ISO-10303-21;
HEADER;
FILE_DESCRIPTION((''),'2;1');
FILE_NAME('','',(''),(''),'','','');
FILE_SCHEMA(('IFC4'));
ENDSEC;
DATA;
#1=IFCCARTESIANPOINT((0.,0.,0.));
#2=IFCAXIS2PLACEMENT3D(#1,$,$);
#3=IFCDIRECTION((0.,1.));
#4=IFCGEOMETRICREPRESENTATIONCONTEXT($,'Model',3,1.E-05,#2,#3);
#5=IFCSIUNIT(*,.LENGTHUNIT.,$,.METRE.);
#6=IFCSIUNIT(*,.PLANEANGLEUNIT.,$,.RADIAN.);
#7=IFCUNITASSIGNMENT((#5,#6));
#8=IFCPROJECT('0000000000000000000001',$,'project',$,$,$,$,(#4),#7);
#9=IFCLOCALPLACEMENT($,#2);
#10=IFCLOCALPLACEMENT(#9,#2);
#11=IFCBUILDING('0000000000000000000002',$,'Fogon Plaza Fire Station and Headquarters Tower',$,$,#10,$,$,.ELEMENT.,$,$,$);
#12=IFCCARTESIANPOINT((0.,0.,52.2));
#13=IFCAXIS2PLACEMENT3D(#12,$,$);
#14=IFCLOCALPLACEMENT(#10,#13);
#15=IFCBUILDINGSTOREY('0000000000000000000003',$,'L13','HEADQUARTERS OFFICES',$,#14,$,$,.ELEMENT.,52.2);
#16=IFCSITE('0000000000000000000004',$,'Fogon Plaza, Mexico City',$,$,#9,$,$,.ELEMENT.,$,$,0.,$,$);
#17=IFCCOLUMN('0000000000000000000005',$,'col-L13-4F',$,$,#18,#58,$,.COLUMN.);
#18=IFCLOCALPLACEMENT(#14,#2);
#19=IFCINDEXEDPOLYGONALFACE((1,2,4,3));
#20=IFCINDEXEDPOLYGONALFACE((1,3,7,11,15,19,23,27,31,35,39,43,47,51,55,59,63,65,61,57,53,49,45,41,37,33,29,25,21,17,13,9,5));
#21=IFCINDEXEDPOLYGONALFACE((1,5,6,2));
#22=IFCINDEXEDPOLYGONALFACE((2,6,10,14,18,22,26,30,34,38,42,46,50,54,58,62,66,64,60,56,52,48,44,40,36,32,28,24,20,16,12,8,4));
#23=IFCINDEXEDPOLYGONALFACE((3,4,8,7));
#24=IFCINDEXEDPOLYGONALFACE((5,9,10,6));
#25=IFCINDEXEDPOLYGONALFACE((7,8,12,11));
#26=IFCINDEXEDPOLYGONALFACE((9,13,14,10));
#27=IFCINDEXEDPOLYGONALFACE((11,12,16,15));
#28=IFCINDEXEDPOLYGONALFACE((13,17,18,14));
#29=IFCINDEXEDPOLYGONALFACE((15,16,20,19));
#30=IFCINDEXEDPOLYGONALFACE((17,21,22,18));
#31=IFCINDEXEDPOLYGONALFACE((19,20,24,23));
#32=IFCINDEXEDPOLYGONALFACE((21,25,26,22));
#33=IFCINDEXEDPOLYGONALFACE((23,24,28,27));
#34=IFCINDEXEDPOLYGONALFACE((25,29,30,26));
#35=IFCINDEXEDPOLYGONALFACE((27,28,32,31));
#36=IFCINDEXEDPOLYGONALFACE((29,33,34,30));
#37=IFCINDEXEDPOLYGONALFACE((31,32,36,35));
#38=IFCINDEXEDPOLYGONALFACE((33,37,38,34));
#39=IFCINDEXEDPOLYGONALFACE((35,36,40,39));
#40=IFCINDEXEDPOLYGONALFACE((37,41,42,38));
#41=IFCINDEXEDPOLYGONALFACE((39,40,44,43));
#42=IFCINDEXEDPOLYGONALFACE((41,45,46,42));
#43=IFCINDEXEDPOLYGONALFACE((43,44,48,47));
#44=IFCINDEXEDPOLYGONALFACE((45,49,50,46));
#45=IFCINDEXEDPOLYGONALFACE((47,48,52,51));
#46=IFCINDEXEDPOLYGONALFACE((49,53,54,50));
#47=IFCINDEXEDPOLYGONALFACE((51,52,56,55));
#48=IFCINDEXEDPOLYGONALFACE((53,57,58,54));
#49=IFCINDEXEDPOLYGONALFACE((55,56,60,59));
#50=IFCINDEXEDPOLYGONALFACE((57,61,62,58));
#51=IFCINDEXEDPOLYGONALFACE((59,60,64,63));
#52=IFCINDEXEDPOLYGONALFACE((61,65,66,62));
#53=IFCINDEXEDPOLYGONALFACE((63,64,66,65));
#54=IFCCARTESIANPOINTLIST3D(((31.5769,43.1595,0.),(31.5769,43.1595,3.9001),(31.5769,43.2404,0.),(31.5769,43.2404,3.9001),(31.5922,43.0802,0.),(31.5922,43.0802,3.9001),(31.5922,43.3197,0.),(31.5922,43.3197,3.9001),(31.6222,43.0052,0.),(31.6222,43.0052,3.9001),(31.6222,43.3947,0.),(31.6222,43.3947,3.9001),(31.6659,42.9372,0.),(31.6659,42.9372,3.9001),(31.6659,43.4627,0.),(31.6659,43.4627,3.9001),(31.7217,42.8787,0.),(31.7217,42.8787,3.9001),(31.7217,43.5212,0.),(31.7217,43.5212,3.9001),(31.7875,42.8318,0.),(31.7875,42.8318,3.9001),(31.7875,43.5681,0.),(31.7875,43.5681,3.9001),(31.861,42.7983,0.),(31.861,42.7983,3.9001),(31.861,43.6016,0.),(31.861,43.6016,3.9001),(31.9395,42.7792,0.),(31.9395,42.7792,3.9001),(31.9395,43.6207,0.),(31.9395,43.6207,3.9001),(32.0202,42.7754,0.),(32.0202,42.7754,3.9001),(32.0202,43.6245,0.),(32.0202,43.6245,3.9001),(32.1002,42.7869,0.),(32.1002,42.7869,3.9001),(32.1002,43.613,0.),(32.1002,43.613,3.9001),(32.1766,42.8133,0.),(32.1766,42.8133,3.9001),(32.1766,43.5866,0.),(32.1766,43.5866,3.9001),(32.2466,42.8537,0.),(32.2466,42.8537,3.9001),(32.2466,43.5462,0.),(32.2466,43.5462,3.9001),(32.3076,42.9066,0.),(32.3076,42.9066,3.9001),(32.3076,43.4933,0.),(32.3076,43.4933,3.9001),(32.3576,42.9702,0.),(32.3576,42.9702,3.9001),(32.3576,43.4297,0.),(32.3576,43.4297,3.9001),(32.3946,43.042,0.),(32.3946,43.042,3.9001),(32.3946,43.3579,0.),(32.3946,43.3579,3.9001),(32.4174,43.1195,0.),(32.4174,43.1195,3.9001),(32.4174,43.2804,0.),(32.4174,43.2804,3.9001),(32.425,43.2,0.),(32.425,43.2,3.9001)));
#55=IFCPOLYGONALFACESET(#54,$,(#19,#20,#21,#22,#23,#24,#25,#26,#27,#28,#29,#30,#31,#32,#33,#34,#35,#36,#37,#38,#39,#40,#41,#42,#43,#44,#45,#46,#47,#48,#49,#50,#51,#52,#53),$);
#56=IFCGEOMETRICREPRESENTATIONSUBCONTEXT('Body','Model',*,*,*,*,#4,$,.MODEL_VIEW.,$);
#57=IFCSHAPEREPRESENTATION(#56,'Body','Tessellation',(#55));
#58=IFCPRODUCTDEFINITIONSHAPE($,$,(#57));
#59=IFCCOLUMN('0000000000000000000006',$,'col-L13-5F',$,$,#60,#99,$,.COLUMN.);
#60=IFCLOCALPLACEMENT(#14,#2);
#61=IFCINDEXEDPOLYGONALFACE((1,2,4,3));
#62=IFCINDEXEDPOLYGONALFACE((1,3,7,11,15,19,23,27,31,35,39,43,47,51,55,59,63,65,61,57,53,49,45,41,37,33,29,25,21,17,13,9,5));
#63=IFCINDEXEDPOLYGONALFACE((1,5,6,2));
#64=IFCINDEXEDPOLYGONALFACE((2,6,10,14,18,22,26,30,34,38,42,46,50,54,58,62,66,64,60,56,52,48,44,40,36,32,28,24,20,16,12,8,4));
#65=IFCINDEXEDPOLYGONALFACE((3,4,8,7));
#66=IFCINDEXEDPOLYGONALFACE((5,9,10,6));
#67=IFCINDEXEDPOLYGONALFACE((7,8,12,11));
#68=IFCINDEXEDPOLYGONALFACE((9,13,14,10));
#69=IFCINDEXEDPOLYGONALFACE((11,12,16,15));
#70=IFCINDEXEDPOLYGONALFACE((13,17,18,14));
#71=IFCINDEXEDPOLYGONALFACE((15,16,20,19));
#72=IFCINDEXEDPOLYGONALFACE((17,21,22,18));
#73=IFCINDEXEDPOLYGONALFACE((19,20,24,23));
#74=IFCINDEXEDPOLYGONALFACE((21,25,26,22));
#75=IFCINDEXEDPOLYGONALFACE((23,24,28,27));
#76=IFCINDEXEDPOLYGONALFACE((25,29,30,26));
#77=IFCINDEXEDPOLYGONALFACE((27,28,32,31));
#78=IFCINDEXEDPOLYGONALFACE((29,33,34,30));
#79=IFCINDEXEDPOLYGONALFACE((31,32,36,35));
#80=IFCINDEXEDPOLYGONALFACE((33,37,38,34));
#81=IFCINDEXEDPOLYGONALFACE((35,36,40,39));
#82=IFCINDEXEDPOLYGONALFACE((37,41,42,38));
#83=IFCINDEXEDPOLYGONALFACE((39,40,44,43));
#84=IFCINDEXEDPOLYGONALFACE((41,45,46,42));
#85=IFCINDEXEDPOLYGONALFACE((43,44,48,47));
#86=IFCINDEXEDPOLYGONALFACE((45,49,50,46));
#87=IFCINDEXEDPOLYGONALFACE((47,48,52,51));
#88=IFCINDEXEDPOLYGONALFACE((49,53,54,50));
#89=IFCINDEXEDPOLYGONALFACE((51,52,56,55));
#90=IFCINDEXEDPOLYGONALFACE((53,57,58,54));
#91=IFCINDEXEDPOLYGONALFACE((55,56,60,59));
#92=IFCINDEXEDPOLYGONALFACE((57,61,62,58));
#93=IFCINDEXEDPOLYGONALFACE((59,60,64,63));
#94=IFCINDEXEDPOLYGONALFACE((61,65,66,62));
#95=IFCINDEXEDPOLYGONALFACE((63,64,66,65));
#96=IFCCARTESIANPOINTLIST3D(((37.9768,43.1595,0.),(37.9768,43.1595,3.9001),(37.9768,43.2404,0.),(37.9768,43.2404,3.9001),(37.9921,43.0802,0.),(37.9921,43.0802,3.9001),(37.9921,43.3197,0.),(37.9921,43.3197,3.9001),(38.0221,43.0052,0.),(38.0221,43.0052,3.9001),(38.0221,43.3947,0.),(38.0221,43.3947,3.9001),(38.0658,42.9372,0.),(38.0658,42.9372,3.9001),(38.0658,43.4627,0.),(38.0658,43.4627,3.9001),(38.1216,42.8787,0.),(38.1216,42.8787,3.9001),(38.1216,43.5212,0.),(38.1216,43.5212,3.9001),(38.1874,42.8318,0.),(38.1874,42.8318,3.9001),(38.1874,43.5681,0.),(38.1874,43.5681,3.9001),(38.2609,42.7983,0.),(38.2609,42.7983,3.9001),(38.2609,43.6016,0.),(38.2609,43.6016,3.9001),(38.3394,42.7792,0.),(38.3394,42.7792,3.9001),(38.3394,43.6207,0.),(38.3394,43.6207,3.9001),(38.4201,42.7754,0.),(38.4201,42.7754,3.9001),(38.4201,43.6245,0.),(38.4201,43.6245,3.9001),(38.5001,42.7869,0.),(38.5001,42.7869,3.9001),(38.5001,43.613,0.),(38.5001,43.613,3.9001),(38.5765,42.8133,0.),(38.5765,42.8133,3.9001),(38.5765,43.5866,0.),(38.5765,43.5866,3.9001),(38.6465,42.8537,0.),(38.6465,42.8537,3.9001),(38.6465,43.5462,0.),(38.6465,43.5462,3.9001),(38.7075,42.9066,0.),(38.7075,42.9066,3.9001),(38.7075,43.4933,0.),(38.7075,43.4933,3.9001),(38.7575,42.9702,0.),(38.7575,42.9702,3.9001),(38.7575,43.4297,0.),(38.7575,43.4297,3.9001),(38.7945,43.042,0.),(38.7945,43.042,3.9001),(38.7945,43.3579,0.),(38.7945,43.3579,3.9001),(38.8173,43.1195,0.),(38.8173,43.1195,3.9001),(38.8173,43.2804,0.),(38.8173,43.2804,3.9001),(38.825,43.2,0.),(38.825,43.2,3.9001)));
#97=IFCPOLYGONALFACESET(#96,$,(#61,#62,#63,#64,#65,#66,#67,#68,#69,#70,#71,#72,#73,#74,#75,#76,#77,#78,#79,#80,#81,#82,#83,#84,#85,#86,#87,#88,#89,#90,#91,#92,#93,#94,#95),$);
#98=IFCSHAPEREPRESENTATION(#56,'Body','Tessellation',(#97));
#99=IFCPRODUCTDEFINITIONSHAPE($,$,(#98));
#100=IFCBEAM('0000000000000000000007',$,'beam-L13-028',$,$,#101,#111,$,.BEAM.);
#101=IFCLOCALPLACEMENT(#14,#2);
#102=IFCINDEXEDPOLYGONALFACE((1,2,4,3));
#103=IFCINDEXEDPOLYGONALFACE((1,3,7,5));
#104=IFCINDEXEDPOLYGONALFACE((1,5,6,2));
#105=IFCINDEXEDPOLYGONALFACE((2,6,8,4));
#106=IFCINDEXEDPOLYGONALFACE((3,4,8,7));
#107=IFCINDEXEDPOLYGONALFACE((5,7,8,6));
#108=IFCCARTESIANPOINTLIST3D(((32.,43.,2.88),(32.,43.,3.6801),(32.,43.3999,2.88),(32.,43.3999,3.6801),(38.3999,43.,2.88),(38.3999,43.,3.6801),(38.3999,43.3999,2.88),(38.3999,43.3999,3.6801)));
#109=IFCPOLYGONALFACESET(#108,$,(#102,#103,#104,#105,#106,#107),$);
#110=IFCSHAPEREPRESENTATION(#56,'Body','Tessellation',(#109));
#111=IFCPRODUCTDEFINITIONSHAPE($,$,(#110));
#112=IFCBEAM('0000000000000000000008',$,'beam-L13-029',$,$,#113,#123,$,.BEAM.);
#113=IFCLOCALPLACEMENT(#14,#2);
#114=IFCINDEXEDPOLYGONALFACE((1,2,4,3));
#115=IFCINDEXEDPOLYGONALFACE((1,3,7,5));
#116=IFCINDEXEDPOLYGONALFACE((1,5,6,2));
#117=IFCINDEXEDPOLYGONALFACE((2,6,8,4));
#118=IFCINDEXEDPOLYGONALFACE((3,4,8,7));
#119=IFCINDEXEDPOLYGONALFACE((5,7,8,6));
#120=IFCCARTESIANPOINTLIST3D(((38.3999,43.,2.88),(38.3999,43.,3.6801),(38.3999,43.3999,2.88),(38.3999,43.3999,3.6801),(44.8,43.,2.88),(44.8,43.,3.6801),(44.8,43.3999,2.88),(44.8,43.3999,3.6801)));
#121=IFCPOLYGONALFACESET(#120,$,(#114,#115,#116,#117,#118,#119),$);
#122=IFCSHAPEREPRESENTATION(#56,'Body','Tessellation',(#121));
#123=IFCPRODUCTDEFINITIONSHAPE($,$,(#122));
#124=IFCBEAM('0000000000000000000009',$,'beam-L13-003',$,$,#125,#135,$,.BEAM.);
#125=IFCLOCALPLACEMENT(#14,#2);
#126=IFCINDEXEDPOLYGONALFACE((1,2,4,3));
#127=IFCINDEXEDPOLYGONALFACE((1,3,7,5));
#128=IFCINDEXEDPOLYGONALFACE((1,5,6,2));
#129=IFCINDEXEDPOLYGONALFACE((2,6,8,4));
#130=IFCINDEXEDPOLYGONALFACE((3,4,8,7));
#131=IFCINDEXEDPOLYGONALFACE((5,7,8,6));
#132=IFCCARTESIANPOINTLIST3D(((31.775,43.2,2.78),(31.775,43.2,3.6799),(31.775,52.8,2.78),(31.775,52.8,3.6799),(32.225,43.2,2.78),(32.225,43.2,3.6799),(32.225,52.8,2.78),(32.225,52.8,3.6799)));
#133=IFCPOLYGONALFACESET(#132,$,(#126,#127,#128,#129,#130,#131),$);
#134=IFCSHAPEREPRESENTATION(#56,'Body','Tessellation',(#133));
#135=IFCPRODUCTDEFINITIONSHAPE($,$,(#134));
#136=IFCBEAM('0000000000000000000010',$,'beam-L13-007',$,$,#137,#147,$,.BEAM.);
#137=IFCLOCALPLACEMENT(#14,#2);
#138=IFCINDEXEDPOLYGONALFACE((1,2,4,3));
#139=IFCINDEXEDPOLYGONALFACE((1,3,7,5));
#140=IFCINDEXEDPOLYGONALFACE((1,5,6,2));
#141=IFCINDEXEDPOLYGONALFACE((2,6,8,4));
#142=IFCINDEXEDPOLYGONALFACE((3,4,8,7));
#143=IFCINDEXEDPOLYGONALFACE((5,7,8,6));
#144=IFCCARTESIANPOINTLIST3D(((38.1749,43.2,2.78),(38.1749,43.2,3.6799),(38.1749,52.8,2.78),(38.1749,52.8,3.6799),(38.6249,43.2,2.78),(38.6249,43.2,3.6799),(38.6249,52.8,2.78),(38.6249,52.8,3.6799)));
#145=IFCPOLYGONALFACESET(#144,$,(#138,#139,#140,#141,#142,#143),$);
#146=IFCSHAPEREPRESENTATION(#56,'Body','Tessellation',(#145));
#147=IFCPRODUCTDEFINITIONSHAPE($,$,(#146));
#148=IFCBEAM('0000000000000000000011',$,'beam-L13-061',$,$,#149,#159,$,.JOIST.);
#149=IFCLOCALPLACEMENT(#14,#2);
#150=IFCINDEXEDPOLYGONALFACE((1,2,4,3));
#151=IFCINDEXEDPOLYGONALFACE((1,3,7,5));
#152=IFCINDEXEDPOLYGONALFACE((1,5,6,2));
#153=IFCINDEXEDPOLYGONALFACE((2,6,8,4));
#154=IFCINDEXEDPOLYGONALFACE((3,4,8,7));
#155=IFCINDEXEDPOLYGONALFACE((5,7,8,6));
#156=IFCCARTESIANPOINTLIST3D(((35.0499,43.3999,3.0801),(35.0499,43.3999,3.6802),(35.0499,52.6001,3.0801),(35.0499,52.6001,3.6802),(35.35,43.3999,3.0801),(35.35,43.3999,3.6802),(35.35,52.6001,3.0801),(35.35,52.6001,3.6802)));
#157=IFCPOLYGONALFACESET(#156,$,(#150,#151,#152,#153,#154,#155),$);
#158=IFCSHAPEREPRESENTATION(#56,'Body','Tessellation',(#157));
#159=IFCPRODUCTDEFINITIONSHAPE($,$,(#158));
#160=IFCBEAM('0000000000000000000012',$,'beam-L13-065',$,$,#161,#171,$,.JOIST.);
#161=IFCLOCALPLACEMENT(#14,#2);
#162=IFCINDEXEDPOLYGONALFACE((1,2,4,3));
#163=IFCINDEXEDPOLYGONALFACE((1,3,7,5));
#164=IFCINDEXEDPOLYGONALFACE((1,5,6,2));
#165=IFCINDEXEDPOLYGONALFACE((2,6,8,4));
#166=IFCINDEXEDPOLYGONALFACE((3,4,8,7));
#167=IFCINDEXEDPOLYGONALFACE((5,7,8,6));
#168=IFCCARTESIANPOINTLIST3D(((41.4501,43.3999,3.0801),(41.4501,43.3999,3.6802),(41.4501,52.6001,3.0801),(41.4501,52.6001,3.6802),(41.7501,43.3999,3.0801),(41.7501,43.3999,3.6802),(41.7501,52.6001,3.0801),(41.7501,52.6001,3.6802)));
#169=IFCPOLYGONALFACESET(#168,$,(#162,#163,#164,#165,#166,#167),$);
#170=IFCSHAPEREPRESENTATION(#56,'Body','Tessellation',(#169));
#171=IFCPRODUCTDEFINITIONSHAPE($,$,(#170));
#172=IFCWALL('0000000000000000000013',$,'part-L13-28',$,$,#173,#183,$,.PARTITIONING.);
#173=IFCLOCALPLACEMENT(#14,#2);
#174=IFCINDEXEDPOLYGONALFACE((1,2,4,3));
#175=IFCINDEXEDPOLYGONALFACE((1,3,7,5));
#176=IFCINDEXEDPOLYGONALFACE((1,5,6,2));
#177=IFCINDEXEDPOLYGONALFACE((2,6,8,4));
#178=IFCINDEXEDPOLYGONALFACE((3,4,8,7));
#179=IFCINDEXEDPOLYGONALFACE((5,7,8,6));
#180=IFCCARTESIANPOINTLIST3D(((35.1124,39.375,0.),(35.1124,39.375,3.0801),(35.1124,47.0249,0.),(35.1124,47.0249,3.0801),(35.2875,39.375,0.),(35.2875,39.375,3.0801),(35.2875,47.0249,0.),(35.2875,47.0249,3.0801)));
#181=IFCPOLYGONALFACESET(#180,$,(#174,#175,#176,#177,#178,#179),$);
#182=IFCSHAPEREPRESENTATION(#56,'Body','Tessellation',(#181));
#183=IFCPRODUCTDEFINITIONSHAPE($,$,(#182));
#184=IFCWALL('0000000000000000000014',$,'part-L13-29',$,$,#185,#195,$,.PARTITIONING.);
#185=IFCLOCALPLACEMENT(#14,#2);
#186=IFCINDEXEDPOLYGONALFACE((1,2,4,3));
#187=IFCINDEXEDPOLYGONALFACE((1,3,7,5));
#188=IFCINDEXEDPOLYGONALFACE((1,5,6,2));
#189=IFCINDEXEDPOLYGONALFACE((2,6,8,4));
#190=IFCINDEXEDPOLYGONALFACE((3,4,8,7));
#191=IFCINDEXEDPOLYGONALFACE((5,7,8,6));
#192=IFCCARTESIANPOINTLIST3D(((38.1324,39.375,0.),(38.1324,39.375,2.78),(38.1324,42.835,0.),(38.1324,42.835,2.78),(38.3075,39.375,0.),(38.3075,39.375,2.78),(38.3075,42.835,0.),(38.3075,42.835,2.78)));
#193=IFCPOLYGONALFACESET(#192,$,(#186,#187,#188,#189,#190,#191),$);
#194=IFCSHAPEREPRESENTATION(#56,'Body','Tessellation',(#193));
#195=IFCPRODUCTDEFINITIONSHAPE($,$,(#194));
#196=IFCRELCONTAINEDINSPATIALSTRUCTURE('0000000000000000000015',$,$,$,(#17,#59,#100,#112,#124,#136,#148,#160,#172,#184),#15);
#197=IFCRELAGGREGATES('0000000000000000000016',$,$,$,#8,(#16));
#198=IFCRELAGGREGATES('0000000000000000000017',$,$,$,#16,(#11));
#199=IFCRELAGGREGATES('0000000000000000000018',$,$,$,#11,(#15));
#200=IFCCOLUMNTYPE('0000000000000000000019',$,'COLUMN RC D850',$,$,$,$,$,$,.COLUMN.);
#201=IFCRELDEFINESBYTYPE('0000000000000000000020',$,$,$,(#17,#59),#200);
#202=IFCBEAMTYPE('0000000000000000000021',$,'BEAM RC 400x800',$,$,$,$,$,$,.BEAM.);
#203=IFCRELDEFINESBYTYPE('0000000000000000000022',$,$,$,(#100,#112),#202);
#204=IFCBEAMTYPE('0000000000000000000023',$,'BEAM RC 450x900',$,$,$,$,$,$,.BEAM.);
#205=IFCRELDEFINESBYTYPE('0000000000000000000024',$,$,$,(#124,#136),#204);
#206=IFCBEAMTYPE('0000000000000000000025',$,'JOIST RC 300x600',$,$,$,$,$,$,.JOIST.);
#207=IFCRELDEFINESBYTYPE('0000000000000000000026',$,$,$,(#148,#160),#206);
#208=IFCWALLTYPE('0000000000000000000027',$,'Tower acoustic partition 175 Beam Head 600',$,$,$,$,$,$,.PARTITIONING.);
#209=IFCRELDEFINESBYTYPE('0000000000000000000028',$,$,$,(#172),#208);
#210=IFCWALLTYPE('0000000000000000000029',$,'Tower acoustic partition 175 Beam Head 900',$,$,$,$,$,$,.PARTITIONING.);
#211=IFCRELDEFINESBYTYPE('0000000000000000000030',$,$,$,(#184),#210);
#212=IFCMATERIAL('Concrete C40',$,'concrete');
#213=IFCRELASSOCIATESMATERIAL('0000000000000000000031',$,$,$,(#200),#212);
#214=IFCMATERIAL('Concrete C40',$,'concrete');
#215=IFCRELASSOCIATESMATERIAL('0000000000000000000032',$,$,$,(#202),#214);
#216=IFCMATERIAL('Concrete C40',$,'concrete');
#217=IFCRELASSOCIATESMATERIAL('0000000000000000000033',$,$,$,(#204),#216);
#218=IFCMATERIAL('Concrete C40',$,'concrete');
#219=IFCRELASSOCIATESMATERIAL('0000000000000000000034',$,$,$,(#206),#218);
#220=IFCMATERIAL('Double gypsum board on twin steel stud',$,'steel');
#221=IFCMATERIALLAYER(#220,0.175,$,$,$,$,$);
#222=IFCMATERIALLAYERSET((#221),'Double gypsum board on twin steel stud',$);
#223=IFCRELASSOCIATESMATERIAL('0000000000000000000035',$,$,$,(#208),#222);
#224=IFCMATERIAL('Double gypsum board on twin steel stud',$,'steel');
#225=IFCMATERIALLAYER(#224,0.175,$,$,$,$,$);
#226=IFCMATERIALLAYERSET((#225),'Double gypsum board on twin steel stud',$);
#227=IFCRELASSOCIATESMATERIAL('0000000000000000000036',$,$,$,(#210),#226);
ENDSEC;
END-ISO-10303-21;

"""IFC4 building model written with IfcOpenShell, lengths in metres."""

from ifc_helpers import new_model, si_unit, direction, frame, frame_2d, origin, origin_2d, place, context, subcontext, project, spatial, rectangle, circle, extrude, material, layer, layer_set, material_profile, profile_set, type_object, element, save


model = new_model("IFC4")

# Units and contexts
model_context = context("Model", 3, precision=1e-05, world=origin(), true_north=direction((0.0, 1.0)))
body_context = subcontext(model_context, "Body", "Model", "MODEL_VIEW")
ifc_project = project(units=[si_unit("LENGTHUNIT", "METRE"), si_unit("PLANEANGLEUNIT", "RADIAN")], contexts=[model_context])

# Site, building, storey
site_placement = place(None, origin())
site = spatial("IfcSite", under=ifc_project, at=site_placement, Name="Fogon Plaza, Mexico City", CompositionType="ELEMENT", RefElevation=0.0)
building_placement = place(site_placement, origin())
building = spatial("IfcBuilding", under=site, at=building_placement, Name="Fogon Plaza Fire Station and Headquarters Tower", CompositionType="ELEMENT")
storey_placement = place(building_placement, frame((0.0, 0.0, 52.2)))
storey = spatial("IfcBuildingStorey", under=building, at=storey_placement, Name="L13", Description="HEADQUARTERS OFFICES", CompositionType="ELEMENT", Elevation=52.2)

# Columns
ifc_material_1 = material(Name="Concrete C40", Category="concrete")
ifc_material_profile_1 = material_profile(ifc_material_1, circle(Radius=0.425, at=origin_2d()), Name="RC D850")
ifc_profile_set_1 = profile_set([ifc_material_profile_1], Name="Concrete C40")
column_type = type_object("IfcColumnType", Name="COLUMN RC D850", PredefinedType="COLUMN", material=ifc_profile_set_1)
for number, where, z_axis, x_axis, name in (
    (1, (32.0, 43.2, 0.0), (0.0, 0.0, 1.0), (1.0, 0.0, 0.0), "col-L13-4F"),
    (2, (38.3999, 43.2, 0.0), (0.0, 0.0, 1.0), (1.0, 0.0, 0.0), "col-L13-5F"),
):
    element("IfcColumn", number, at=place(storey_placement, frame(where, z_axis=z_axis, x_axis=x_axis)), inside=storey, type_object=column_type, Name=name, PredefinedType="COLUMN", context=body_context, shape_type="SweptSolid", body=[
        extrude(circle(Radius=0.425, at=origin_2d()), origin(), (0.0, 0.0, 1.0), 3.9001),
    ])

# Beams
ifc_material_2 = material(Name="Concrete C40", Category="concrete")
ifc_material_profile_2 = material_profile(ifc_material_2, rectangle(XDim=0.3999, YDim=0.8, at=origin_2d()), Name="RC 400x800")
ifc_profile_set_2 = profile_set([ifc_material_profile_2], Name="Concrete C40")
beam_type_1 = type_object("IfcBeamType", Name="BEAM RC 400x800", PredefinedType="BEAM", material=ifc_profile_set_2)
beam_1_placement = place(storey_placement, frame((32.0, 43.2, 3.28), z_axis=(1.0, 0.0, 0.0), x_axis=(0.0, 1.0, 0.0)))
element("IfcBeam", 3, at=beam_1_placement, inside=storey, type_object=beam_type_1, Name="beam-L13-028", PredefinedType="BEAM", context=body_context, shape_type="SweptSolid", body=[
    extrude(rectangle(XDim=0.3999, YDim=0.8, at=origin_2d()), origin(), (0.0, 0.0, 1.0), 6.3999),
])
beam_2_placement = place(storey_placement, frame((38.3999, 43.2, 3.28), z_axis=(1.0, 0.0, 0.0), x_axis=(0.0, 1.0, 0.0)))
element("IfcBeam", 4, at=beam_2_placement, inside=storey, type_object=beam_type_1, Name="beam-L13-029", PredefinedType="BEAM", context=body_context, shape_type="SweptSolid", body=[
    extrude(rectangle(XDim=0.3999, YDim=0.8, at=origin_2d()), origin(), (0.0, 0.0, 1.0), 6.4001),
])
ifc_material_3 = material(Name="Concrete C40", Category="concrete")
ifc_material_profile_3 = material_profile(ifc_material_3, rectangle(XDim=0.45, YDim=0.8999, at=origin_2d()), Name="RC 450x900")
ifc_profile_set_3 = profile_set([ifc_material_profile_3], Name="Concrete C40")
beam_type_2 = type_object("IfcBeamType", Name="BEAM RC 450x900", PredefinedType="BEAM", material=ifc_profile_set_3)
for number, where, z_axis, x_axis, name in (
    (5, (32.0, 43.2, 3.23), (0.0, 1.0, 0.0), (-1.0, 0.0, 0.0), "beam-L13-003"),
    (6, (38.3999, 43.2, 3.23), (0.0, 1.0, 0.0), (-1.0, 0.0, 0.0), "beam-L13-007"),
):
    element("IfcBeam", number, at=place(storey_placement, frame(where, z_axis=z_axis, x_axis=x_axis)), inside=storey, type_object=beam_type_2, Name=name, PredefinedType="BEAM", context=body_context, shape_type="SweptSolid", body=[
        extrude(rectangle(XDim=0.45, YDim=0.8999, at=origin_2d()), origin(), (0.0, 0.0, 1.0), 9.6001),
    ])
ifc_material_4 = material(Name="Concrete C40", Category="concrete")
ifc_material_profile_4 = material_profile(ifc_material_4, rectangle(XDim=0.3, YDim=0.6001, at=origin_2d()), Name="RC 300x600")
ifc_profile_set_4 = profile_set([ifc_material_profile_4], Name="Concrete C40")
beam_type_3 = type_object("IfcBeamType", Name="JOIST RC 300x600", PredefinedType="JOIST", material=ifc_profile_set_4)
for number, where, z_axis, x_axis, name in (
    (7, (35.2, 43.3999, 3.3801), (0.0, 1.0, 0.0), (-1.0, 0.0, 0.0), "beam-L13-061"),
    (8, (41.6001, 43.3999, 3.3801), (0.0, 1.0, 0.0), (-1.0, 0.0, 0.0), "beam-L13-065"),
):
    element("IfcBeam", number, at=place(storey_placement, frame(where, z_axis=z_axis, x_axis=x_axis)), inside=storey, type_object=beam_type_3, Name=name, PredefinedType="JOIST", context=body_context, shape_type="SweptSolid", body=[
        extrude(rectangle(XDim=0.3, YDim=0.6001, at=origin_2d()), origin(), (0.0, 0.0, 1.0), 9.2002),
    ])

# Walls
ifc_material_5 = material(Name="Double gypsum board on twin steel stud", Category="steel")
ifc_layer_1 = layer(ifc_material_5, 0.175)
ifc_layer_set_1 = layer_set([ifc_layer_1], Name="Double gypsum board on twin steel stud")
wall_type_1 = type_object("IfcWallType", Name="Tower acoustic partition 175 Beam Head 600", PredefinedType="PARTITIONING", material=ifc_layer_set_1)
wall_1_placement = place(storey_placement, frame((35.2, 39.375, 0.0), z_axis=(0.0, 0.0, 1.0), x_axis=(0.0, 1.0, 0.0)))
element("IfcWall", 9, at=wall_1_placement, inside=storey, type_object=wall_type_1, Name="part-L13-28", PredefinedType="PARTITIONING", context=body_context, shape_type="SweptSolid", body=[
    extrude(rectangle(XDim=7.6499, YDim=0.175, at=frame_2d((3.825, 0.0))), origin(), (0.0, 0.0, 1.0), 3.0801),
])
ifc_material_6 = material(Name="Double gypsum board on twin steel stud", Category="steel")
ifc_layer_2 = layer(ifc_material_6, 0.175)
ifc_layer_set_2 = layer_set([ifc_layer_2], Name="Double gypsum board on twin steel stud")
wall_type_2 = type_object("IfcWallType", Name="Tower acoustic partition 175 Beam Head 900", PredefinedType="PARTITIONING", material=ifc_layer_set_2)
for number, where, z_axis, x_axis, name in (
    (10, (38.22, 39.375, 0.0), (0.0, 0.0, 1.0), (0.0, 1.0, 0.0), "part-L13-29"),
):
    element("IfcWall", number, at=place(storey_placement, frame(where, z_axis=z_axis, x_axis=x_axis)), inside=storey, type_object=wall_type_2, Name=name, PredefinedType="PARTITIONING", context=body_context, shape_type="SweptSolid", body=[
        extrude(rectangle(XDim=3.46, YDim=0.175, at=frame_2d((1.73, 0.0))), origin(), (0.0, 0.0, 1.0), 2.78),
    ])

save(model, "model.ifc")
